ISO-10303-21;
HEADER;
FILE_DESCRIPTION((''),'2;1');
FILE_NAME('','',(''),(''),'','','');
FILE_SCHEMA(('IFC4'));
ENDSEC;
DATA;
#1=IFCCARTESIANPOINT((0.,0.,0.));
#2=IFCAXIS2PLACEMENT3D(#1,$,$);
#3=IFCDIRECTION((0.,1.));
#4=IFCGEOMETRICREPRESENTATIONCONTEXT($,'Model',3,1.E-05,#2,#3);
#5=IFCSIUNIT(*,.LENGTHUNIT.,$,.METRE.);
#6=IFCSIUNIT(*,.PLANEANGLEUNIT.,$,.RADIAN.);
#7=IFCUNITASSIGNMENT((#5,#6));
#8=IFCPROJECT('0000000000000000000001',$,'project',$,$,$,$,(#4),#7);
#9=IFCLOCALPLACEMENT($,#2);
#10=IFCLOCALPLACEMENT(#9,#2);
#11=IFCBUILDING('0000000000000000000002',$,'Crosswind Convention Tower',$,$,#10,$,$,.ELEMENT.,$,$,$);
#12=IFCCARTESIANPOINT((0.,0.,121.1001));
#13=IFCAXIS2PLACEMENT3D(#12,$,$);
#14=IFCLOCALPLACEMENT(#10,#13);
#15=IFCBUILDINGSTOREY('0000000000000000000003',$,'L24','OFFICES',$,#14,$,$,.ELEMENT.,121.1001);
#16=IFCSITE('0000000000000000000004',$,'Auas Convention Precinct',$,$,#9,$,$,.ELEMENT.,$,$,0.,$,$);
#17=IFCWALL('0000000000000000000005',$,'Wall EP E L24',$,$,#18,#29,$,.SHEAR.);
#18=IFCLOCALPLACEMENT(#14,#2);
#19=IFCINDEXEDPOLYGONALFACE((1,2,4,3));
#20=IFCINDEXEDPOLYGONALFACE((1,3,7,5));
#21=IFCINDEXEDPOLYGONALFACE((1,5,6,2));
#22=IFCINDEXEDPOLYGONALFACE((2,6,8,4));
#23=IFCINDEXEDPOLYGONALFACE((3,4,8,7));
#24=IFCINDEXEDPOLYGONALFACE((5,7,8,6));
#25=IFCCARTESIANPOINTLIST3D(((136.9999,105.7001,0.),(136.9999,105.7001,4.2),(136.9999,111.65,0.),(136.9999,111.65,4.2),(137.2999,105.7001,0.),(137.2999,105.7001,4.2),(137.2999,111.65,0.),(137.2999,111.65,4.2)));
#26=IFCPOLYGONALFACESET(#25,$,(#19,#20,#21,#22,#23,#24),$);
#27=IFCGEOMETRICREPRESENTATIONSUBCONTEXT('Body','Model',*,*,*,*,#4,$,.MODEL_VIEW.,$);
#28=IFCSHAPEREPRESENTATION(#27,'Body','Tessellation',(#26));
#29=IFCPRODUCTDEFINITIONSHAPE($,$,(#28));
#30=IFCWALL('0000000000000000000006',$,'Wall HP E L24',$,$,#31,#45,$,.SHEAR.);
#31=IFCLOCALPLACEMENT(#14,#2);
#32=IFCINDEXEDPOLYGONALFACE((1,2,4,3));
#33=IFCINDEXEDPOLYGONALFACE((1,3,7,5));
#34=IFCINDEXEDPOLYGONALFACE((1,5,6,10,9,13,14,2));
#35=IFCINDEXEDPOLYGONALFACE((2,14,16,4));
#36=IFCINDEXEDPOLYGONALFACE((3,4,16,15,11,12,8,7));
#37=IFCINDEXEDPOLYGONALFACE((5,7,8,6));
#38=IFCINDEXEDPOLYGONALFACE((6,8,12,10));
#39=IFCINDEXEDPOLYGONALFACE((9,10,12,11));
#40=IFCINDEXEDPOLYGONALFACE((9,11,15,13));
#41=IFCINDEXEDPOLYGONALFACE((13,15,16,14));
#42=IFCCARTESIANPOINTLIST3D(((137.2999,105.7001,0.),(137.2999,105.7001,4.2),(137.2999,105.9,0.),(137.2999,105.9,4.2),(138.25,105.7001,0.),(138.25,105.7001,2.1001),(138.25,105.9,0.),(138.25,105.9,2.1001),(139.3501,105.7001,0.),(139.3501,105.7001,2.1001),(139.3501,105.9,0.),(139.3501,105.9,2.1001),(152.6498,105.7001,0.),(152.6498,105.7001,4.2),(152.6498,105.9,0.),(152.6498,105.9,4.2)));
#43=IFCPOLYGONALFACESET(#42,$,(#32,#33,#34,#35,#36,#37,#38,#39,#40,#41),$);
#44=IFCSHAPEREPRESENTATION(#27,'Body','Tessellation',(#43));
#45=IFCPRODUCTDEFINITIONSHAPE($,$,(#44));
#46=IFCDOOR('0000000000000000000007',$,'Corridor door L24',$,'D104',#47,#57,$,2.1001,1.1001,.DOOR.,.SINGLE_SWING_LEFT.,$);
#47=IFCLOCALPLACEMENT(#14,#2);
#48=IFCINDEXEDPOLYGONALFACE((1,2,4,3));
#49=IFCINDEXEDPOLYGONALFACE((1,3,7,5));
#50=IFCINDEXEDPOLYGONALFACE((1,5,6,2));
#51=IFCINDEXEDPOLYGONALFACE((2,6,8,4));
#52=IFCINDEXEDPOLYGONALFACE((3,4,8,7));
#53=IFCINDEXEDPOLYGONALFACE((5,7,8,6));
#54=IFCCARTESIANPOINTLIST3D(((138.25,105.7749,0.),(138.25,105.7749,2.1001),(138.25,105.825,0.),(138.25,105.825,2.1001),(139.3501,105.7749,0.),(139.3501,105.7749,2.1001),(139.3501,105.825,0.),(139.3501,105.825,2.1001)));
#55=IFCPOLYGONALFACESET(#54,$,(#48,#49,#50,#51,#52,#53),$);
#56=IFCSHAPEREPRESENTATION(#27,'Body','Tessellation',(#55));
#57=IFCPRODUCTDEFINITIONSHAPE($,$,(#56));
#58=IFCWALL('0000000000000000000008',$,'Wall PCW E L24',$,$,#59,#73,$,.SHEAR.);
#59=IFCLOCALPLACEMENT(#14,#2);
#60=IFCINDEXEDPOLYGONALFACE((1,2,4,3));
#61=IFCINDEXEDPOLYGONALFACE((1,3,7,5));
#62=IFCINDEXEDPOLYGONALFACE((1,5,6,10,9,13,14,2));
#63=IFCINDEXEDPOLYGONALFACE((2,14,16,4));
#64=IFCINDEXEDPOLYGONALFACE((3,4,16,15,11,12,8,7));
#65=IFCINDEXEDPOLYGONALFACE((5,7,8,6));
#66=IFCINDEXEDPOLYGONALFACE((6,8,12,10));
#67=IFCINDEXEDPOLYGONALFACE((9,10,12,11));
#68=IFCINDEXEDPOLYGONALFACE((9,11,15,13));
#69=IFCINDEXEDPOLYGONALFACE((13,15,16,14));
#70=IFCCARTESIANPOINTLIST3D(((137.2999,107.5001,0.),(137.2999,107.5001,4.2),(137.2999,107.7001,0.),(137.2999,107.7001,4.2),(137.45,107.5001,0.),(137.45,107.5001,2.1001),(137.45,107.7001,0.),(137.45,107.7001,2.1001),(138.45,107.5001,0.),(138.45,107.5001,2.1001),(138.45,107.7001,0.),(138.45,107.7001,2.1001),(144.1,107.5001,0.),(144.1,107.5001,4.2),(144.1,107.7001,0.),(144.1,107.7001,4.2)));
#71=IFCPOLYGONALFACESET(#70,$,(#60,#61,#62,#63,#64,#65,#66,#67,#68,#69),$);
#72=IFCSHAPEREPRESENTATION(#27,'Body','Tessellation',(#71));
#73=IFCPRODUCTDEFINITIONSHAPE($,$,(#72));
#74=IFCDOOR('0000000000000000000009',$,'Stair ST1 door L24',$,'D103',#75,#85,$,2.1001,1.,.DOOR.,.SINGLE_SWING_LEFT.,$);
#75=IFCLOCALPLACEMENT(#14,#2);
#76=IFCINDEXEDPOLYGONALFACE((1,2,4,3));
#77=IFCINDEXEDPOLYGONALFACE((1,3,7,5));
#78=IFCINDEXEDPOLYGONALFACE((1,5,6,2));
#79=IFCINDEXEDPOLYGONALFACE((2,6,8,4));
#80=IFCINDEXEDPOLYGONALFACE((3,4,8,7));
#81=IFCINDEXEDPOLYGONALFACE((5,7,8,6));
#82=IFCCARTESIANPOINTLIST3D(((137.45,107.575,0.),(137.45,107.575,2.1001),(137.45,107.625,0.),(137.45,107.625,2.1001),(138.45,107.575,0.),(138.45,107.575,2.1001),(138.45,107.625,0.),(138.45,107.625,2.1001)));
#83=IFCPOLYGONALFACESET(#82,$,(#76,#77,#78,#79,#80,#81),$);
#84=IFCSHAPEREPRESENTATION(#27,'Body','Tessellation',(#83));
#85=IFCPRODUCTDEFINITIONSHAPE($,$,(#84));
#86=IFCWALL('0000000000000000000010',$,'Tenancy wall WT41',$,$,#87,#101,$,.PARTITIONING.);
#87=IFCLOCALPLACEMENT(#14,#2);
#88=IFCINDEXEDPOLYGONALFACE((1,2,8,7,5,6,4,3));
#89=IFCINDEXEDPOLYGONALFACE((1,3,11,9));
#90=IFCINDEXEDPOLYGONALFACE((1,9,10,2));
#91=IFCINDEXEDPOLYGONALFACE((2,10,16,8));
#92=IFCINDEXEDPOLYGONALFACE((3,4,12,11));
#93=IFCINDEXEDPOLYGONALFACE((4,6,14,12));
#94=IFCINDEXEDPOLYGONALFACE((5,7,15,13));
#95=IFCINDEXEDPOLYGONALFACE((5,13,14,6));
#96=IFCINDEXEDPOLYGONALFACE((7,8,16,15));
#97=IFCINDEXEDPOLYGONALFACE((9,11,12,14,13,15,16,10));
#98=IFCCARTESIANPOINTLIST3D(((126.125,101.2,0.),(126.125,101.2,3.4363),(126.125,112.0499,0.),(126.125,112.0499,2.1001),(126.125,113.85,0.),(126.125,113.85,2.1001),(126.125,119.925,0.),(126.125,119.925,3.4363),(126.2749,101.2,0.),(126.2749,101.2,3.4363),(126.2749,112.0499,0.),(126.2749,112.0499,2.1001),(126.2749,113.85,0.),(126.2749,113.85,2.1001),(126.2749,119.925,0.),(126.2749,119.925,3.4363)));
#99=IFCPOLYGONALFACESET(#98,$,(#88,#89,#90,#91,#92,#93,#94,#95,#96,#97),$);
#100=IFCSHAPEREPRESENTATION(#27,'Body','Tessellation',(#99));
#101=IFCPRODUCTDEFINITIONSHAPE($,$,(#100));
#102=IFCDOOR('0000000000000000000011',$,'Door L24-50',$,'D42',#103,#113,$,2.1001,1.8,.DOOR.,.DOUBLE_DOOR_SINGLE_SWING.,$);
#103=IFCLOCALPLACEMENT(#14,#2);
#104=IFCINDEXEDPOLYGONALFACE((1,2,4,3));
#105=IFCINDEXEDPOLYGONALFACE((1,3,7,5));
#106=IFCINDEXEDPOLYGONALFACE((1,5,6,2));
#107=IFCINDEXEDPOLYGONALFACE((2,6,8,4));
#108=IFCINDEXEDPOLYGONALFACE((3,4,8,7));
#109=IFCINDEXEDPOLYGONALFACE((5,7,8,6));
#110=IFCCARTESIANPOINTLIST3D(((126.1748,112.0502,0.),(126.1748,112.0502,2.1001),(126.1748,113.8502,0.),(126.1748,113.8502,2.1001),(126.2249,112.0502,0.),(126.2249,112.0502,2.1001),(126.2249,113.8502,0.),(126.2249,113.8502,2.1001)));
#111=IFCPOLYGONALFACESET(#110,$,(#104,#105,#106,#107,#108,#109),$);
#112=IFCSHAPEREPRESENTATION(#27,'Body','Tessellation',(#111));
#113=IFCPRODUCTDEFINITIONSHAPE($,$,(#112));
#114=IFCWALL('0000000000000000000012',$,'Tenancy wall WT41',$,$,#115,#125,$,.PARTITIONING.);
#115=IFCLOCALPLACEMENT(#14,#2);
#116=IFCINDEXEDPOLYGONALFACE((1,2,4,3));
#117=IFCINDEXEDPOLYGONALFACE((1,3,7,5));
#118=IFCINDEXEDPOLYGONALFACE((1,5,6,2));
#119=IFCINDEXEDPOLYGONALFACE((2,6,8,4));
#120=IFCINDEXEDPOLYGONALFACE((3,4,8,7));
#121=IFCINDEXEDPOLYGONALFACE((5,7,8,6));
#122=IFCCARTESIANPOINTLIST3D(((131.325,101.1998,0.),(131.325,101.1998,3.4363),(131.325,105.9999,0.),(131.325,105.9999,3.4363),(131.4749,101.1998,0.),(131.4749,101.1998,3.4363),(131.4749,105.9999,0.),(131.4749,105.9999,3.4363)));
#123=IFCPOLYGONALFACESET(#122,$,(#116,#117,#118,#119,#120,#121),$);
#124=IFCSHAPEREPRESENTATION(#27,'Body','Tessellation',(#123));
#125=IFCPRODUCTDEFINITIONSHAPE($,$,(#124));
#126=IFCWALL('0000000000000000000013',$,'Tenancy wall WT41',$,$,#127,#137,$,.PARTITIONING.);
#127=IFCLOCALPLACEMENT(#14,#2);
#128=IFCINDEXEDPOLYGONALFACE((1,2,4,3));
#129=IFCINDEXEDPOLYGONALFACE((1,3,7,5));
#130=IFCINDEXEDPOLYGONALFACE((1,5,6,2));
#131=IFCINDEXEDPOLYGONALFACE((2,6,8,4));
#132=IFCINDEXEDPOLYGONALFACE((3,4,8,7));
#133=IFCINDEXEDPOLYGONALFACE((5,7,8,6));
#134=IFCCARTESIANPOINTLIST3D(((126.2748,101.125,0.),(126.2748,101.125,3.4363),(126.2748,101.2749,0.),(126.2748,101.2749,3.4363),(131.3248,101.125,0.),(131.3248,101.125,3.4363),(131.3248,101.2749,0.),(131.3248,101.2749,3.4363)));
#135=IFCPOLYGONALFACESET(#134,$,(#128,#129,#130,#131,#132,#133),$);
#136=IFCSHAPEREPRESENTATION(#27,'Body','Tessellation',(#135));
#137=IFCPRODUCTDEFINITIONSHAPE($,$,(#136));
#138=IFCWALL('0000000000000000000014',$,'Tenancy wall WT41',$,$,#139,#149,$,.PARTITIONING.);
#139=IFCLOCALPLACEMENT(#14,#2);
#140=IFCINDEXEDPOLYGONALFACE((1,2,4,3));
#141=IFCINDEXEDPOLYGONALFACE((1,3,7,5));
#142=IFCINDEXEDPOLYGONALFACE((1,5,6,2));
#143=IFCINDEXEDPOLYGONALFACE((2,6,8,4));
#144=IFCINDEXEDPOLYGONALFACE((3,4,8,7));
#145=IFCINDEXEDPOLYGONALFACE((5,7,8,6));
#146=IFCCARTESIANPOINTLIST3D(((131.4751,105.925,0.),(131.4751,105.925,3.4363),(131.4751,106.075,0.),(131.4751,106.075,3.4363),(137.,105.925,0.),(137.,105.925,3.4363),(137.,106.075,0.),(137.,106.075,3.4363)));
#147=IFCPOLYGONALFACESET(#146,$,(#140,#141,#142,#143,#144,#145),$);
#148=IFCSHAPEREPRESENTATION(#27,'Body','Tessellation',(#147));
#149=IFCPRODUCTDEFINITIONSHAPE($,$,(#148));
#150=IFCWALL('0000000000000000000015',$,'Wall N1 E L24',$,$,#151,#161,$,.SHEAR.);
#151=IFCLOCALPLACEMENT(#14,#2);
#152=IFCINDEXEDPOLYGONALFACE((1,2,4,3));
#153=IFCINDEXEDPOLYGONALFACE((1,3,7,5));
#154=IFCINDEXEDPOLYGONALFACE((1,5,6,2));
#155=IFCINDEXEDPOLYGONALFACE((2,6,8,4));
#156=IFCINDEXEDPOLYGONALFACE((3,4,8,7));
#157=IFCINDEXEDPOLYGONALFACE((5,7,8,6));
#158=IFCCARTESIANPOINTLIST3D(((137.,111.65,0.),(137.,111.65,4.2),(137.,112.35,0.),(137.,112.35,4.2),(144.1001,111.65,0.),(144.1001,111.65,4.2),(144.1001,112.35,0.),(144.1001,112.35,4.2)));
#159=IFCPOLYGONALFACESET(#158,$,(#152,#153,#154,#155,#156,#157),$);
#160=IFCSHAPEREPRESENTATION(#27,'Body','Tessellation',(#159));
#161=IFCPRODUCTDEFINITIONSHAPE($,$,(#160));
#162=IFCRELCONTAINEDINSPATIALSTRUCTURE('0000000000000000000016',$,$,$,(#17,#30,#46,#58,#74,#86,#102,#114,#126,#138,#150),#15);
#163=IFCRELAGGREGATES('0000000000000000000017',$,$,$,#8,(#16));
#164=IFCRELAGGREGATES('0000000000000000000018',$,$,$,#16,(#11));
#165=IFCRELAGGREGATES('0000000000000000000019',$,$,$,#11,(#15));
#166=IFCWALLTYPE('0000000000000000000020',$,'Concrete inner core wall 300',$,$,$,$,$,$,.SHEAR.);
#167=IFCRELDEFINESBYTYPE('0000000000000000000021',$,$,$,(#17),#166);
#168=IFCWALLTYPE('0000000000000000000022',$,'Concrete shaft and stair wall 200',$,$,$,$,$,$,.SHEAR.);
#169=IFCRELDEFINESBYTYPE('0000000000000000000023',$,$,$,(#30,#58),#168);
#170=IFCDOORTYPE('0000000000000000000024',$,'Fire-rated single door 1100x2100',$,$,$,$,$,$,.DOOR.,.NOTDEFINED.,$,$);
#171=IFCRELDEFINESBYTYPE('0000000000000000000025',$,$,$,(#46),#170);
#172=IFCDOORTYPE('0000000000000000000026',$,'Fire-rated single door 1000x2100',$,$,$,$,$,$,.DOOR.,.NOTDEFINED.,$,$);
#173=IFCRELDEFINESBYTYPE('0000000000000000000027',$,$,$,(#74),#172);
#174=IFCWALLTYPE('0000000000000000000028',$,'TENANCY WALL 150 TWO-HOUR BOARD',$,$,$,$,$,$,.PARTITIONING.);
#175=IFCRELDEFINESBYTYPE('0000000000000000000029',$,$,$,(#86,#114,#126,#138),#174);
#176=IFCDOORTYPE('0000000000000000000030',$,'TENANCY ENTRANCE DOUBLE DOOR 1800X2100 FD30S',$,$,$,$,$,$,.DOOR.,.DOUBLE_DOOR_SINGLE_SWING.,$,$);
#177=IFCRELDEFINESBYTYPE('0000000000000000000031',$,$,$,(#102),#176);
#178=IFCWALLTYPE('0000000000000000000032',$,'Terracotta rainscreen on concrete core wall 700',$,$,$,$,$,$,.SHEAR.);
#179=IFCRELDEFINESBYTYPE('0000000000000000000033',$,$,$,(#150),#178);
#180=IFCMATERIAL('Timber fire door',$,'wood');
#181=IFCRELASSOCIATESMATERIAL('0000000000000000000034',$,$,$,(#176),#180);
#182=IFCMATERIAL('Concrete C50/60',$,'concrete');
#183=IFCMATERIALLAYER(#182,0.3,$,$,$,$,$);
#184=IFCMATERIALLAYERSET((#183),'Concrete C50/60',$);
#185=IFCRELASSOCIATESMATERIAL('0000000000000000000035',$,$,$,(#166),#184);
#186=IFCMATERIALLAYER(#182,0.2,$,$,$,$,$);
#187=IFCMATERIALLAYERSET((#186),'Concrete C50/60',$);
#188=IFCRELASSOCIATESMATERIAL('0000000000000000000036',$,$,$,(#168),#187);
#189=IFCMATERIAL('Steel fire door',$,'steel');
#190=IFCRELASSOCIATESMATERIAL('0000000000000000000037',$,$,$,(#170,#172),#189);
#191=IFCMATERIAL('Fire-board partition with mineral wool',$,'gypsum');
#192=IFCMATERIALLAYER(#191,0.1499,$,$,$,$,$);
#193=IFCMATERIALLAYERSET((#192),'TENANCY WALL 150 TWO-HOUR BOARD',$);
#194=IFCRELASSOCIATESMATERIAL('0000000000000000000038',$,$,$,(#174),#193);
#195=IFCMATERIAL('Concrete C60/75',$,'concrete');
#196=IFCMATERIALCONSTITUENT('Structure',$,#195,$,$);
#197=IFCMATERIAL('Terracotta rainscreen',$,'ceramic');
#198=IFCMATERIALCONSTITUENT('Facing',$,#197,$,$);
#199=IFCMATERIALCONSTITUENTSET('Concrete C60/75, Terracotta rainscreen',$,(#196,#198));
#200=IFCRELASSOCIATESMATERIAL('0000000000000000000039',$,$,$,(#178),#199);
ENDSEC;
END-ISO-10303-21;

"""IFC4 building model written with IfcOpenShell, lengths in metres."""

from ifc_helpers import new_model, si_unit, direction, frame, frame_2d, origin, place, context, subcontext, project, spatial, rectangle, extrude, material, layer, layer_set, constituent, constituent_set, type_object, element, fill, save


model = new_model("IFC4")

# Units and contexts
model_context = context("Model", 3, precision=1e-05, world=origin(), true_north=direction((0.0, 1.0)))
body_context = subcontext(model_context, "Body", "Model", "MODEL_VIEW")
ifc_project = project(units=[si_unit("LENGTHUNIT", "METRE"), si_unit("PLANEANGLEUNIT", "RADIAN")], contexts=[model_context])

# Site, building, storey
site_placement = place(None, origin())
site = spatial("IfcSite", under=ifc_project, at=site_placement, Name="Auas Convention Precinct", CompositionType="ELEMENT", RefElevation=0.0)
building_placement = place(site_placement, origin())
building = spatial("IfcBuilding", under=site, at=building_placement, Name="Crosswind Convention Tower", CompositionType="ELEMENT")
storey_placement = place(building_placement, frame((0.0, 0.0, 121.1001)))
storey = spatial("IfcBuildingStorey", under=building, at=storey_placement, Name="L24", Description="OFFICES", CompositionType="ELEMENT", Elevation=121.1001)

# Shared definitions
ifc_material_1 = material(Name="Steel fire door", Category="steel")
ifc_material_2 = material(Name="Timber fire door", Category="wood")
door_type_1 = type_object("IfcDoorType", Name="TENANCY ENTRANCE DOUBLE DOOR 1800X2100 FD30S", OperationType="DOUBLE_DOOR_SINGLE_SWING", PredefinedType="DOOR", material=ifc_material_2)

# Wall
ifc_material_3 = material(Name="Concrete C50/60", Category="concrete")
ifc_layer_1 = layer(ifc_material_3, 0.3)
ifc_layer_set_1 = layer_set([ifc_layer_1], Name="Concrete C50/60")
wall_type_1 = type_object("IfcWallType", Name="Concrete inner core wall 300", PredefinedType="SHEAR", material=ifc_layer_set_1)
wall_1_placement = place(storey_placement, frame((137.1499, 105.7, 0.0), z_axis=(0.0, 0.0, 1.0), x_axis=(0.0, 1.0, 0.0)))
element("IfcWall", 1, at=wall_1_placement, inside=storey, type_object=wall_type_1, Name="Wall EP E L24", PredefinedType="SHEAR", context=body_context, shape_type="SweptSolid", body=[
    extrude(rectangle(XDim=5.95, YDim=0.3, at=frame_2d((2.9751, 0.0))), origin(), (0.0, 0.0, 1.0), 4.2),
])

# Walls, openings, doors
ifc_layer_2 = layer(ifc_material_3, 0.2)
ifc_layer_set_2 = layer_set([ifc_layer_2], Name="Concrete C50/60")
wall_type_2 = type_object("IfcWallType", Name="Concrete shaft and stair wall 200", PredefinedType="SHEAR", material=ifc_layer_set_2)
wall_2_placement = place(storey_placement, frame((137.3, 105.8, 0.0), z_axis=(0.0, 0.0, 1.0), x_axis=(1.0, 0.0, 0.0)))
wall_2 = element("IfcWall", 2, at=wall_2_placement, inside=storey, type_object=wall_type_2, Name="Wall HP E L24", PredefinedType="SHEAR", context=body_context, shape_type="SweptSolid", body=[
    extrude(rectangle(XDim=15.3499, YDim=0.2, at=frame_2d((7.6748, 0.0))), origin(), (0.0, 0.0, 1.0), 4.2),
])
opening_1_placement = place(wall_2_placement, frame((0.95, 0.0, 0.0)))
opening_1 = element("IfcOpeningElement", 3, at=opening_1_placement, cuts=wall_2, PredefinedType="OPENING", context=body_context, shape_type="SweptSolid", body=[
    extrude(rectangle(XDim=1.1001, YDim=2.1001, at=frame_2d((0.55, 1.05))), frame((0.0, 0.1099, 0.0), z_axis=(0.0, -1.0, 0.0), x_axis=(1.0, 0.0, 0.0)), (0.0, 0.0, 1.0), 0.22),
])
door_type_2 = type_object("IfcDoorType", Name="Fire-rated single door 1100x2100", OperationType="NOTDEFINED", PredefinedType="DOOR", material=ifc_material_1)
door_1_placement = place(opening_1_placement, origin())
door_1 = element("IfcDoor", 4, at=door_1_placement, inside=storey, type_object=door_type_2, Name="Corridor door L24", ObjectType="D104", OperationType="SINGLE_SWING_LEFT", OverallHeight=2.1001, OverallWidth=1.1001, PredefinedType="DOOR", context=body_context, shape_type="SweptSolid", body=[
    extrude(rectangle(XDim=1.1001, YDim=2.1001, at=frame_2d((0.55, 1.05))), frame((0.0, 0.0249, 0.0), z_axis=(0.0, -1.0, 0.0), x_axis=(1.0, 0.0, 0.0)), (0.0, 0.0, 1.0), 0.05),
])
fill(opening_1, door_1)
wall_3_placement = place(storey_placement, frame((137.3, 107.6001, 0.0), z_axis=(0.0, 0.0, 1.0), x_axis=(1.0, 0.0, 0.0)))
wall_3 = element("IfcWall", 5, at=wall_3_placement, inside=storey, type_object=wall_type_2, Name="Wall PCW E L24", PredefinedType="SHEAR", context=body_context, shape_type="SweptSolid", body=[
    extrude(rectangle(XDim=6.8, YDim=0.2, at=frame_2d((3.3999, 0.0))), origin(), (0.0, 0.0, 1.0), 4.2),
])
opening_2_placement = place(wall_3_placement, frame((0.1499, 0.0, 0.0)))
opening_2 = element("IfcOpeningElement", 6, at=opening_2_placement, cuts=wall_3, PredefinedType="OPENING", context=body_context, shape_type="SweptSolid", body=[
    extrude(rectangle(XDim=1.0, YDim=2.1001, at=frame_2d((0.5, 1.05))), frame((0.0, 0.1099, 0.0), z_axis=(0.0, -1.0, 0.0), x_axis=(1.0, 0.0, 0.0)), (0.0, 0.0, 1.0), 0.22),
])
door_type_3 = type_object("IfcDoorType", Name="Fire-rated single door 1000x2100", OperationType="NOTDEFINED", PredefinedType="DOOR", material=ifc_material_1)
door_2_placement = place(opening_2_placement, origin())
door_2 = element("IfcDoor", 7, at=door_2_placement, inside=storey, type_object=door_type_3, Name="Stair ST1 door L24", ObjectType="D103", OperationType="SINGLE_SWING_LEFT", OverallHeight=2.1001, OverallWidth=1.0, PredefinedType="DOOR", context=body_context, shape_type="SweptSolid", body=[
    extrude(rectangle(XDim=1.0, YDim=2.1001, at=frame_2d((0.5, 1.05))), frame((0.0, 0.0249, 0.0), z_axis=(0.0, -1.0, 0.0), x_axis=(1.0, 0.0, 0.0)), (0.0, 0.0, 1.0), 0.05),
])
fill(opening_2, door_2)
ifc_material_4 = material(Name="Fire-board partition with mineral wool", Category="gypsum")
ifc_layer_3 = layer(ifc_material_4, 0.1499)
ifc_layer_set_3 = layer_set([ifc_layer_3], Name="TENANCY WALL 150 TWO-HOUR BOARD")
wall_type_3 = type_object("IfcWallType", Name="TENANCY WALL 150 TWO-HOUR BOARD", PredefinedType="PARTITIONING", material=ifc_layer_set_3)
wall_4_placement = place(storey_placement, frame((126.2, 101.2, 0.0), z_axis=(0.0, 0.0, 1.0), x_axis=(0.0, 1.0, 0.0)))
wall_4 = element("IfcWall", 8, at=wall_4_placement, inside=storey, type_object=wall_type_3, Name="Tenancy wall WT41", PredefinedType="PARTITIONING", context=body_context, shape_type="SweptSolid", body=[
    extrude(rectangle(XDim=18.7251, YDim=0.1499, at=frame_2d((9.3625, 0.0))), origin(), (0.0, 0.0, 1.0), 3.4363),
])
opening_3_placement = place(wall_4_placement, frame((10.8501, 0.0, 0.0)))
opening_3 = element("IfcOpeningElement", 9, at=opening_3_placement, cuts=wall_4, PredefinedType="OPENING", context=body_context, shape_type="SweptSolid", body=[
    extrude(rectangle(XDim=1.8, YDim=2.1001, at=frame_2d((0.8999, 1.05))), frame((0.0, 0.085, 0.0), z_axis=(0.0, -1.0, 0.0), x_axis=(1.0, 0.0, 0.0)), (0.0, 0.0, 1.0), 0.1699),
])
door_3_placement = place(opening_3_placement, frame((1.8, 0.0, 0.0), z_axis=(0.0, 0.0, 1.0), x_axis=(-1.0, 0.0, 0.0)))
door_3 = element("IfcDoor", 10, at=door_3_placement, inside=storey, type_object=door_type_1, Name="Door L24-50", ObjectType="D42", OperationType="DOUBLE_DOOR_SINGLE_SWING", OverallHeight=2.1001, OverallWidth=1.8, PredefinedType="DOOR", context=body_context, shape_type="SweptSolid", body=[
    extrude(rectangle(XDim=1.8, YDim=2.1001, at=frame_2d((0.8999, 1.05))), frame((0.0, 0.0249, 0.0), z_axis=(0.0, -1.0, 0.0), x_axis=(1.0, 0.0, 0.0)), (0.0, 0.0, 1.0), 0.05),
])
fill(opening_3, door_3)

# Walls
wall_5_placement = place(storey_placement, frame((131.3999, 101.2, 0.0), z_axis=(0.0, 0.0, 1.0), x_axis=(0.0, 1.0, 0.0)))
element("IfcWall", 11, at=wall_5_placement, inside=storey, type_object=wall_type_3, Name="Tenancy wall WT41", PredefinedType="PARTITIONING", context=body_context, shape_type="SweptSolid", body=[
    extrude(rectangle(XDim=4.8, YDim=0.1499, at=frame_2d((2.3999, 0.0))), origin(), (0.0, 0.0, 1.0), 3.4363),
])
wall_6_placement = place(storey_placement, frame((126.2749, 101.2, 0.0), z_axis=(0.0, 0.0, 1.0), x_axis=(1.0, 0.0, 0.0)))
element("IfcWall", 12, at=wall_6_placement, inside=storey, type_object=wall_type_3, Name="Tenancy wall WT41", PredefinedType="PARTITIONING", context=body_context, shape_type="SweptSolid", body=[
    extrude(rectangle(XDim=5.05, YDim=0.1499, at=frame_2d((2.5249, 0.0))), origin(), (0.0, 0.0, 1.0), 3.4363),
])
wall_7_placement = place(storey_placement, frame((131.4751, 106.0, 0.0), z_axis=(0.0, 0.0, 1.0), x_axis=(1.0, 0.0, 0.0)))
element("IfcWall", 13, at=wall_7_placement, inside=storey, type_object=wall_type_3, Name="Tenancy wall WT41", PredefinedType="PARTITIONING", context=body_context, shape_type="SweptSolid", body=[
    extrude(rectangle(XDim=5.5249, YDim=0.1499, at=frame_2d((2.7625, 0.0))), origin(), (0.0, 0.0, 1.0), 3.4363),
])
ifc_material_5 = material(Name="Concrete C60/75", Category="concrete")
ifc_constituent_1 = constituent(ifc_material_5, Name="Structure")
ifc_material_6 = material(Name="Terracotta rainscreen", Category="ceramic")
ifc_constituent_2 = constituent(ifc_material_6, Name="Facing")
ifc_constituent_set = constituent_set(constituents=[ifc_constituent_1, ifc_constituent_2], Name="Concrete C60/75, Terracotta rainscreen")
wall_type_4 = type_object("IfcWallType", Name="Terracotta rainscreen on concrete core wall 700", PredefinedType="SHEAR", material=ifc_constituent_set)
wall_8_placement = place(storey_placement, frame((137.0, 112.0, 0.0), z_axis=(0.0, 0.0, 1.0), x_axis=(1.0, 0.0, 0.0)))
element("IfcWall", 14, at=wall_8_placement, inside=storey, type_object=wall_type_4, Name="Wall N1 E L24", PredefinedType="SHEAR", context=body_context, shape_type="SweptSolid", body=[
    extrude(rectangle(XDim=7.1001, YDim=0.7, at=frame_2d((3.55, 0.0))), origin(), (0.0, 0.0, 1.0), 4.2),
])

save(model, "model.ifc")
